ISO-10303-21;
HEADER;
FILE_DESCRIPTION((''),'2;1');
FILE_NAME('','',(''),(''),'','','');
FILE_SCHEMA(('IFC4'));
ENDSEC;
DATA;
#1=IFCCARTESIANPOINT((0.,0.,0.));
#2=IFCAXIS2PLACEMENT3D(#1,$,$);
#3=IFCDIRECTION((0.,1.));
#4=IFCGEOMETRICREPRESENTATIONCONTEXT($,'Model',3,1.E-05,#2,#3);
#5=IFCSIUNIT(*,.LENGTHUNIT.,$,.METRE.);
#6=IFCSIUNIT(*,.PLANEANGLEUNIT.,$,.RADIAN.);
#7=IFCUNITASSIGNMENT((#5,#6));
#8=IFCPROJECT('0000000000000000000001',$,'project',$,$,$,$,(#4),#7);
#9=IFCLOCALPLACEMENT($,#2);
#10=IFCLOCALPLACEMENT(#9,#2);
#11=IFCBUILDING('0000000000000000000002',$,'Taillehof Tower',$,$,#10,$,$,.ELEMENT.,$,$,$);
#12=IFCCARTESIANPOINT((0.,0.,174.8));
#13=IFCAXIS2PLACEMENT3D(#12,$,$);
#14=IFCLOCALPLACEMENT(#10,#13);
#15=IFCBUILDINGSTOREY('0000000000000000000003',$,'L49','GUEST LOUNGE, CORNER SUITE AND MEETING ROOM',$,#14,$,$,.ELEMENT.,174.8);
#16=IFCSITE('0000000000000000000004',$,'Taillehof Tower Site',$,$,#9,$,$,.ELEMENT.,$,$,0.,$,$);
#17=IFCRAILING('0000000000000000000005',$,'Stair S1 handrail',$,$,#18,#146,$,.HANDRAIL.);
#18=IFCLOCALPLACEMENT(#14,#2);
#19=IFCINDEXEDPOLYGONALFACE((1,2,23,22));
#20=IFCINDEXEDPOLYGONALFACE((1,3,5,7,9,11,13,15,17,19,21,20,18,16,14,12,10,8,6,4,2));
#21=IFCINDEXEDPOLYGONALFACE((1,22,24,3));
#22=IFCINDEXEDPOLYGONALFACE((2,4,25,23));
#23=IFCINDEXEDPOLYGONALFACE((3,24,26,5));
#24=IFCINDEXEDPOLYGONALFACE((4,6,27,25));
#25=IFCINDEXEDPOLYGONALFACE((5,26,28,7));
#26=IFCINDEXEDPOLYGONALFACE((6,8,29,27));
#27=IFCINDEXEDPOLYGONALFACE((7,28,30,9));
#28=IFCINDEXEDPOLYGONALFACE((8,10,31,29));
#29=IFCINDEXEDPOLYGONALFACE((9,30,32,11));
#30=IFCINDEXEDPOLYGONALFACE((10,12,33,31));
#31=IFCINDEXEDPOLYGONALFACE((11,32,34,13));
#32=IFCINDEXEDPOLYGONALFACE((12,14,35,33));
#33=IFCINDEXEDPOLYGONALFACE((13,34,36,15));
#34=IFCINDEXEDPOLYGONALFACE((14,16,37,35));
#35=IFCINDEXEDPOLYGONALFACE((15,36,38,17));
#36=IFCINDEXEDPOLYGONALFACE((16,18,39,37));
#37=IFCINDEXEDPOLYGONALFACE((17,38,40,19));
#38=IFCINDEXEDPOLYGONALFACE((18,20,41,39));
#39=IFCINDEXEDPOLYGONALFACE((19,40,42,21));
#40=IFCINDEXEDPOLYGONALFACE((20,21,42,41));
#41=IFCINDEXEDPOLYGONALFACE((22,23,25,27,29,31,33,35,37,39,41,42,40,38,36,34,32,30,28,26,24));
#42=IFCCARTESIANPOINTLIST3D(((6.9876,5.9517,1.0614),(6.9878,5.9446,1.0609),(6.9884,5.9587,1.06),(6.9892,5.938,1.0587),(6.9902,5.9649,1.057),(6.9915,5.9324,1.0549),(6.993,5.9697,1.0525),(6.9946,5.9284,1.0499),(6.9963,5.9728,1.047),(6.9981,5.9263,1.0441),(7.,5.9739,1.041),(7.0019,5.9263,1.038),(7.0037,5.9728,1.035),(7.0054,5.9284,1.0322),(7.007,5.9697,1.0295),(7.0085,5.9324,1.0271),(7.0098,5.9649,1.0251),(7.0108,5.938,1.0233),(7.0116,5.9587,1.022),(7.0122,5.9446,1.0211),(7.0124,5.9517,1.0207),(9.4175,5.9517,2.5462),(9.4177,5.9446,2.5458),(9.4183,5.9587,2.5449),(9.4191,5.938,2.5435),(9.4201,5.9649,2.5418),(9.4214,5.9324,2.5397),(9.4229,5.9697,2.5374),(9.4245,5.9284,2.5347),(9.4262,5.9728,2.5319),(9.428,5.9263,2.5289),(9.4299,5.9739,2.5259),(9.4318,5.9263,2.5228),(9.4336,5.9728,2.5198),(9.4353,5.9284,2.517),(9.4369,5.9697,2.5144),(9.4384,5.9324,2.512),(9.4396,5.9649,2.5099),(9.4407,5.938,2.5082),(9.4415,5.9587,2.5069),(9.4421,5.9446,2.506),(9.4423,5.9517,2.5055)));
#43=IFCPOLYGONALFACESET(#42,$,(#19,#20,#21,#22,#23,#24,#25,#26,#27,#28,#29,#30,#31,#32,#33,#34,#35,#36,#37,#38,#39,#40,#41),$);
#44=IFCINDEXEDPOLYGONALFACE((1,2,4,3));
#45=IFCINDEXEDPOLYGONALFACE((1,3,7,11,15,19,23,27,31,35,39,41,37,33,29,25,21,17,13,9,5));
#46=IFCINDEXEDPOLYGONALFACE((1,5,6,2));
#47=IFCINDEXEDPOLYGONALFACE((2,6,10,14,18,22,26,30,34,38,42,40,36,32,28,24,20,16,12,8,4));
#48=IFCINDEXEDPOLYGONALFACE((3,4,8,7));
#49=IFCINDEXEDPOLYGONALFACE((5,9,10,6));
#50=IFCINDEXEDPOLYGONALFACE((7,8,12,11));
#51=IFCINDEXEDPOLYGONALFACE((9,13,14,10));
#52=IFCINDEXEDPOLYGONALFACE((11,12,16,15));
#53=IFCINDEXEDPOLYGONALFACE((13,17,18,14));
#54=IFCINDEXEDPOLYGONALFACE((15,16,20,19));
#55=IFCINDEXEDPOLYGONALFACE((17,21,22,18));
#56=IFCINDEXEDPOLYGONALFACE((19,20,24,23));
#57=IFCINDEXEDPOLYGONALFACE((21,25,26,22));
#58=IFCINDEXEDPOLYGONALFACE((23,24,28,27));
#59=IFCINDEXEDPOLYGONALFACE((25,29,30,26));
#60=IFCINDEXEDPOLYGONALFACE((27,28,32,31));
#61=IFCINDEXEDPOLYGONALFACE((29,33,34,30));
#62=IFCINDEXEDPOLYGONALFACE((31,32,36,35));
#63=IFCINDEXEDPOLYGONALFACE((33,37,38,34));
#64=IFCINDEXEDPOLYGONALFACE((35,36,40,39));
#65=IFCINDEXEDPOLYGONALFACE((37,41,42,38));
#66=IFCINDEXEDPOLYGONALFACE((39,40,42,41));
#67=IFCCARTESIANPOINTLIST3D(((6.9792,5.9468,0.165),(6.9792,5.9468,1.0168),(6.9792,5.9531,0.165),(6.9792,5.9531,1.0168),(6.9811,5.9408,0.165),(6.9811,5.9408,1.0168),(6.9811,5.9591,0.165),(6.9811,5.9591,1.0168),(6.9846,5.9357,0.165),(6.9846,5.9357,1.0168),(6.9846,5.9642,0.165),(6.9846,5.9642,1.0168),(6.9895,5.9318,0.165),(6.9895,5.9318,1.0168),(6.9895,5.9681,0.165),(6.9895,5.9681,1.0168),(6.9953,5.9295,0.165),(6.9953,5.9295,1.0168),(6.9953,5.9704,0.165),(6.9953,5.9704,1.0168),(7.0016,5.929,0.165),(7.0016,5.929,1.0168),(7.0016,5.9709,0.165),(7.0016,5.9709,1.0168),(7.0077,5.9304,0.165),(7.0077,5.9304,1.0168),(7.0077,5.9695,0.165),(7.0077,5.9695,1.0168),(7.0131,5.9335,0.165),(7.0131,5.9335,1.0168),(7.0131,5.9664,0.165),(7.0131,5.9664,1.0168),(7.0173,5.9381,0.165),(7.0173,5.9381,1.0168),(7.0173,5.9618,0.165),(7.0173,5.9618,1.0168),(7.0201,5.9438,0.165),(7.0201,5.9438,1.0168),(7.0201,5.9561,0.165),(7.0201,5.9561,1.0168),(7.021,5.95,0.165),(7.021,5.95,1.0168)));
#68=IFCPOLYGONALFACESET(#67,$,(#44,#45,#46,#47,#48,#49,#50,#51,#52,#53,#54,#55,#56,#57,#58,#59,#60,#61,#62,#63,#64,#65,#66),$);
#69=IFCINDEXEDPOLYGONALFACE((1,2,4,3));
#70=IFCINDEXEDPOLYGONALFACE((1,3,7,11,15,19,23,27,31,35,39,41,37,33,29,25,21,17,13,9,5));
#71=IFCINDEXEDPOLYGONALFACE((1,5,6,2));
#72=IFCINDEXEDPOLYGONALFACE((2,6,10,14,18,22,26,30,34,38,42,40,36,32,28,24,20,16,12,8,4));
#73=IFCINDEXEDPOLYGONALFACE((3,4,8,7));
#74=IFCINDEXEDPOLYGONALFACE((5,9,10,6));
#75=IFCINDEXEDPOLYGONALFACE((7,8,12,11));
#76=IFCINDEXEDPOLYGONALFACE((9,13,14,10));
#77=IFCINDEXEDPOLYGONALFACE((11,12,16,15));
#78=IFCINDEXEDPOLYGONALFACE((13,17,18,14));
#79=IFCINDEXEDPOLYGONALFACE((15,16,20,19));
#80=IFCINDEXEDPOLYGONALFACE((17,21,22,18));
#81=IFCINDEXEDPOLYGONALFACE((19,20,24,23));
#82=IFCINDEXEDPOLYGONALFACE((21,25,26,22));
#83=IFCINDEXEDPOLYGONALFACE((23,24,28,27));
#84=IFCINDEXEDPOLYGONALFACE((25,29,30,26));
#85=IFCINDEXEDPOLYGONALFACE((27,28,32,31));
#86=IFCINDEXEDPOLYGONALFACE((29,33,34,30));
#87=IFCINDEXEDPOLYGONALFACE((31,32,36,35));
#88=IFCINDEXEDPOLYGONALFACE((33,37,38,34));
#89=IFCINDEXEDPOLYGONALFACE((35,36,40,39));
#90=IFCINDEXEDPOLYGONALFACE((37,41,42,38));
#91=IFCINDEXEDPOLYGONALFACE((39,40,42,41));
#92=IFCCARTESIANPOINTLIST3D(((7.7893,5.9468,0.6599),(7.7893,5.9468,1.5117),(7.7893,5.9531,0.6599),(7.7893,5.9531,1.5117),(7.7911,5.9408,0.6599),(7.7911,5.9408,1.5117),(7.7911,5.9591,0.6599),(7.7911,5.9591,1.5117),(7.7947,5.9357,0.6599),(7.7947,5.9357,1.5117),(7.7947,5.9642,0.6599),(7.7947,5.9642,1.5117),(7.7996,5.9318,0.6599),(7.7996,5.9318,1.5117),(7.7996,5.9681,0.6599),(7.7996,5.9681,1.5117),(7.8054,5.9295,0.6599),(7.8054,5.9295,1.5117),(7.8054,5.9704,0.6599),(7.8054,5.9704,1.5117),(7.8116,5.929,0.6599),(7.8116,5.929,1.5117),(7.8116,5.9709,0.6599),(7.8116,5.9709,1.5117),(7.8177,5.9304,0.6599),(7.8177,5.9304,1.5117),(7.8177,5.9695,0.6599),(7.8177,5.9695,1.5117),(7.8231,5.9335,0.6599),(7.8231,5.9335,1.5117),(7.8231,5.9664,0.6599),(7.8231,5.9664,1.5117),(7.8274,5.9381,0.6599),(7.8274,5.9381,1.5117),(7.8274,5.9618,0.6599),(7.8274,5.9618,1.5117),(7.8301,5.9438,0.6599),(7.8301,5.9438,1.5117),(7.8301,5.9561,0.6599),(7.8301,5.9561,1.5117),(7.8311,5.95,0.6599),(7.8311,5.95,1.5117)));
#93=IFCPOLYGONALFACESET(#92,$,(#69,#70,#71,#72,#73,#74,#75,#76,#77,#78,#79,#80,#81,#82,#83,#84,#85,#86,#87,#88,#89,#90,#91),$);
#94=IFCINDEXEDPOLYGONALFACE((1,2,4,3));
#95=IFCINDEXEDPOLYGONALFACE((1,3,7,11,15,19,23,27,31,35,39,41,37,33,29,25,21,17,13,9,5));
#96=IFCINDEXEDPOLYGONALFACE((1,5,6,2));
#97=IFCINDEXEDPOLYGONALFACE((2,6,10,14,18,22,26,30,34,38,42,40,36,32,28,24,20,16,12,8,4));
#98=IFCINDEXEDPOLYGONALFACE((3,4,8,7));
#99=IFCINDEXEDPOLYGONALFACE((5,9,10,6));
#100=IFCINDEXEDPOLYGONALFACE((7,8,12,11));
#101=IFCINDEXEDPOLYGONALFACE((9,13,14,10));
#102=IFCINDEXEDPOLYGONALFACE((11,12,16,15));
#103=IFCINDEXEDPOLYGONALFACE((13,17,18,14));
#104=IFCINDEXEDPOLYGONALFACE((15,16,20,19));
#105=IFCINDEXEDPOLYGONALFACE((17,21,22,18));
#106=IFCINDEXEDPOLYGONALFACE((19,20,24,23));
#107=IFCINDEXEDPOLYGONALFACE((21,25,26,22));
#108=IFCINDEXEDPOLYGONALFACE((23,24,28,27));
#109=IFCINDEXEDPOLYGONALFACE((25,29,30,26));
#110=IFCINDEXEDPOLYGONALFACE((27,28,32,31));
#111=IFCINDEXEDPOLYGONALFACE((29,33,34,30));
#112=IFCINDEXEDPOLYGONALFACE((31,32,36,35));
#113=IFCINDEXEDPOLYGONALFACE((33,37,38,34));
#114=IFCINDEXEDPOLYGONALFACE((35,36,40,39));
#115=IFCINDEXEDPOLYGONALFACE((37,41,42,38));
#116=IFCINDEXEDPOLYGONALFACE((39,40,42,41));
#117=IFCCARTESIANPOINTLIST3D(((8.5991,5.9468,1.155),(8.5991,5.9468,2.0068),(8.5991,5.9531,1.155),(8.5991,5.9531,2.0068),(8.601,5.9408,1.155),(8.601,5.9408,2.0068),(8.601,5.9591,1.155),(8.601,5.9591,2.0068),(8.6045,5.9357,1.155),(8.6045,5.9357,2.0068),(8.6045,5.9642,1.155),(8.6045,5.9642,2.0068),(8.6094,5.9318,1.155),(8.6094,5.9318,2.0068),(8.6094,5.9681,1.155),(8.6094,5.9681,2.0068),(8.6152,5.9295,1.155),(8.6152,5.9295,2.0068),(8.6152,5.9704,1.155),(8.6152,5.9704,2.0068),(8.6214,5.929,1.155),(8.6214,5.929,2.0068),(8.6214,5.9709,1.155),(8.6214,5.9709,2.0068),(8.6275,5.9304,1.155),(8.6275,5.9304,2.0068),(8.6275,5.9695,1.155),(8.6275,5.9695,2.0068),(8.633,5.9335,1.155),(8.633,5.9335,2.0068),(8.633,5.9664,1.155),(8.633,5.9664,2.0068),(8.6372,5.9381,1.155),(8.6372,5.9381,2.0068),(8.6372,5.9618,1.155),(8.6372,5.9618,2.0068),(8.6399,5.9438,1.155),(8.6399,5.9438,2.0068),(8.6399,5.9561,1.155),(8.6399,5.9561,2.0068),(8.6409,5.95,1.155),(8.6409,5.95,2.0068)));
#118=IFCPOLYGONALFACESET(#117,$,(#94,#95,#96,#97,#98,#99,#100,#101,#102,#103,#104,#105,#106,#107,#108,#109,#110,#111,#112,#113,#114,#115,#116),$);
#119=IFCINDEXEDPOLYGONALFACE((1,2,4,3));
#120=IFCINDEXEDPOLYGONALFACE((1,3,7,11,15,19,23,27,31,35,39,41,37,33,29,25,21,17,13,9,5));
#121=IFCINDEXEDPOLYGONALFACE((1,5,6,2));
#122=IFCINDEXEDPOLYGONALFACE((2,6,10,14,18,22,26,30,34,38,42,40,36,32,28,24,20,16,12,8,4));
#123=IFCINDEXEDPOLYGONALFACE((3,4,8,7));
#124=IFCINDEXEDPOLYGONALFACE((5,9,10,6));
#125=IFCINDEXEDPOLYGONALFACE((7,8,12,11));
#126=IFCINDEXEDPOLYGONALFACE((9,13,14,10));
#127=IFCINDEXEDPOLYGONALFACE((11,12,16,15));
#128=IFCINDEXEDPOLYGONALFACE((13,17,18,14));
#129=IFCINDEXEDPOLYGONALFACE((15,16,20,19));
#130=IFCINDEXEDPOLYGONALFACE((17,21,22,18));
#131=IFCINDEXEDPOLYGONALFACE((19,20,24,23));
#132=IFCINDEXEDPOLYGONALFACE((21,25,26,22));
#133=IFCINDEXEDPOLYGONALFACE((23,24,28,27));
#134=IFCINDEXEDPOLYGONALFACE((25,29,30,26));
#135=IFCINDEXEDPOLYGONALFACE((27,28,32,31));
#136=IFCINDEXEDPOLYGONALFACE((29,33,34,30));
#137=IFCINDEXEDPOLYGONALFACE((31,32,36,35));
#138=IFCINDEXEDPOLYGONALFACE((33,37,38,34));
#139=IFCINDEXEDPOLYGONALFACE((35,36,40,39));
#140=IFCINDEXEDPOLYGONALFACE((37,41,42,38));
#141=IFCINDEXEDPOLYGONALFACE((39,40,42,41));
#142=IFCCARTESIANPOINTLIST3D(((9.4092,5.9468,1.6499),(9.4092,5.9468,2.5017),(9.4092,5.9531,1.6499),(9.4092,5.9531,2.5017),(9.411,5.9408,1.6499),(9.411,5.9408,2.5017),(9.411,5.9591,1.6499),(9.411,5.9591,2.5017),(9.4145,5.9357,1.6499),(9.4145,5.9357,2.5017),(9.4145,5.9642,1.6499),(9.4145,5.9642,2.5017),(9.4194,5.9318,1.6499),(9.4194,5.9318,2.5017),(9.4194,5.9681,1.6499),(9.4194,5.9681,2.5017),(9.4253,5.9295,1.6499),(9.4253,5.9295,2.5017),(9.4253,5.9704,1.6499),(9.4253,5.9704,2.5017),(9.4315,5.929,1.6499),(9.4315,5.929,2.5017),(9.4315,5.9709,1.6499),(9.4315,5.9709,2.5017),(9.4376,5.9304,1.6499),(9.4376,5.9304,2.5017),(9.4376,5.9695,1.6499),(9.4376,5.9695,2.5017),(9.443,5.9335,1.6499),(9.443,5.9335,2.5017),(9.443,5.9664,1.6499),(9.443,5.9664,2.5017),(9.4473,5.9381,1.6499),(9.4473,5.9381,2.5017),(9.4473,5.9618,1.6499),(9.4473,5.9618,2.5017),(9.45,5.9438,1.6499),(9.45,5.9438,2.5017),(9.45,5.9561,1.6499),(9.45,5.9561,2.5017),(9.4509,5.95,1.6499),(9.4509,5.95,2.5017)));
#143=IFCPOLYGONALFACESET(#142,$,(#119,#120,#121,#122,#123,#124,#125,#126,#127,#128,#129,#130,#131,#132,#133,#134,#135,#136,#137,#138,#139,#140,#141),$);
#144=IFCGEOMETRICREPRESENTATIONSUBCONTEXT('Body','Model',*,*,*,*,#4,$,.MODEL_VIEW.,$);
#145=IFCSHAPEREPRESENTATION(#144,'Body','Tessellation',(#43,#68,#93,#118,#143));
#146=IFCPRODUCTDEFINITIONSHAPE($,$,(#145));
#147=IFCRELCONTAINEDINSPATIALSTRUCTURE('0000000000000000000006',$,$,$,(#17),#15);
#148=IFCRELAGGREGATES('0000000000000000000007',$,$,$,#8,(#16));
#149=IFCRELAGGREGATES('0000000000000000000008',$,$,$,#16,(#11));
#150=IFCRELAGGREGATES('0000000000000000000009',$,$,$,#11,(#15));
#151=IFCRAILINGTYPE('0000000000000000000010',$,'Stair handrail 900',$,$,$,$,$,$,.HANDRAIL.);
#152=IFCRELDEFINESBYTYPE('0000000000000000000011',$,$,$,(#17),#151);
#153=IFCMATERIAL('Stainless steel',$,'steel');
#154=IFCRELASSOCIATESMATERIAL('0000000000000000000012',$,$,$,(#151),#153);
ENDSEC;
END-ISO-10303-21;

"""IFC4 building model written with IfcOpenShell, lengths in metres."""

from ifc_helpers import new_model, si_unit, direction, frame, origin, origin_2d, place, context, subcontext, project, spatial, circle, extrude, material, type_object, element, save


model = new_model("IFC4")

# Units and contexts
model_context = context("Model", 3, precision=1e-05, world=origin(), true_north=direction((0.0, 1.0)))
body_context = subcontext(model_context, "Body", "Model", "MODEL_VIEW")
ifc_project = project(units=[si_unit("LENGTHUNIT", "METRE"), si_unit("PLANEANGLEUNIT", "RADIAN")], contexts=[model_context])

# Site, building, storey
site_placement = place(None, origin())
site = spatial("IfcSite", under=ifc_project, at=site_placement, Name="Taillehof Tower Site", CompositionType="ELEMENT", RefElevation=0.0)
building_placement = place(site_placement, origin())
building = spatial("IfcBuilding", under=site, at=building_placement, Name="Taillehof Tower", CompositionType="ELEMENT")
storey_placement = place(building_placement, frame((0.0, 0.0, 174.8)))
storey = spatial("IfcBuildingStorey", under=building, at=storey_placement, Name="L49", Description="GUEST LOUNGE, CORNER SUITE AND MEETING ROOM", CompositionType="ELEMENT", Elevation=174.8)

# Railing
ifc_material_1 = material(Name="Stainless steel", Category="steel")
railing_type = type_object("IfcRailingType", Name="Stair handrail 900", PredefinedType="HANDRAIL", material=ifc_material_1)
railing_placement = place(storey_placement, frame((7.0, 5.95, 0.165)))
element("IfcRailing", 1, at=railing_placement, inside=storey, type_object=railing_type, Name="Stair S1 handrail", PredefinedType="HANDRAIL", context=body_context, shape_type="SweptSolid", body=[
    extrude(circle(Radius=0.0239, at=origin_2d()), frame((0.0, 0.0, 0.876), z_axis=(0.853297, 0.0, 0.521426), x_axis=(0.0, 1.0, 0.0)), (0.0, 0.0, 1.0), 2.8477),
    extrude(circle(Radius=0.021, at=origin_2d()), origin(), (0.0, 0.0, 1.0), 0.8518),
    extrude(circle(Radius=0.021, at=origin_2d()), frame((0.8101, 0.0, 0.4949)), (0.0, 0.0, 1.0), 0.8518),
    extrude(circle(Radius=0.021, at=origin_2d()), frame((1.6199, 0.0, 0.99)), (0.0, 0.0, 1.0), 0.8518),
    extrude(circle(Radius=0.021, at=origin_2d()), frame((2.4299, 0.0, 1.4849)), (0.0, 0.0, 1.0), 0.8518),
])

save(model, "model.ifc")
